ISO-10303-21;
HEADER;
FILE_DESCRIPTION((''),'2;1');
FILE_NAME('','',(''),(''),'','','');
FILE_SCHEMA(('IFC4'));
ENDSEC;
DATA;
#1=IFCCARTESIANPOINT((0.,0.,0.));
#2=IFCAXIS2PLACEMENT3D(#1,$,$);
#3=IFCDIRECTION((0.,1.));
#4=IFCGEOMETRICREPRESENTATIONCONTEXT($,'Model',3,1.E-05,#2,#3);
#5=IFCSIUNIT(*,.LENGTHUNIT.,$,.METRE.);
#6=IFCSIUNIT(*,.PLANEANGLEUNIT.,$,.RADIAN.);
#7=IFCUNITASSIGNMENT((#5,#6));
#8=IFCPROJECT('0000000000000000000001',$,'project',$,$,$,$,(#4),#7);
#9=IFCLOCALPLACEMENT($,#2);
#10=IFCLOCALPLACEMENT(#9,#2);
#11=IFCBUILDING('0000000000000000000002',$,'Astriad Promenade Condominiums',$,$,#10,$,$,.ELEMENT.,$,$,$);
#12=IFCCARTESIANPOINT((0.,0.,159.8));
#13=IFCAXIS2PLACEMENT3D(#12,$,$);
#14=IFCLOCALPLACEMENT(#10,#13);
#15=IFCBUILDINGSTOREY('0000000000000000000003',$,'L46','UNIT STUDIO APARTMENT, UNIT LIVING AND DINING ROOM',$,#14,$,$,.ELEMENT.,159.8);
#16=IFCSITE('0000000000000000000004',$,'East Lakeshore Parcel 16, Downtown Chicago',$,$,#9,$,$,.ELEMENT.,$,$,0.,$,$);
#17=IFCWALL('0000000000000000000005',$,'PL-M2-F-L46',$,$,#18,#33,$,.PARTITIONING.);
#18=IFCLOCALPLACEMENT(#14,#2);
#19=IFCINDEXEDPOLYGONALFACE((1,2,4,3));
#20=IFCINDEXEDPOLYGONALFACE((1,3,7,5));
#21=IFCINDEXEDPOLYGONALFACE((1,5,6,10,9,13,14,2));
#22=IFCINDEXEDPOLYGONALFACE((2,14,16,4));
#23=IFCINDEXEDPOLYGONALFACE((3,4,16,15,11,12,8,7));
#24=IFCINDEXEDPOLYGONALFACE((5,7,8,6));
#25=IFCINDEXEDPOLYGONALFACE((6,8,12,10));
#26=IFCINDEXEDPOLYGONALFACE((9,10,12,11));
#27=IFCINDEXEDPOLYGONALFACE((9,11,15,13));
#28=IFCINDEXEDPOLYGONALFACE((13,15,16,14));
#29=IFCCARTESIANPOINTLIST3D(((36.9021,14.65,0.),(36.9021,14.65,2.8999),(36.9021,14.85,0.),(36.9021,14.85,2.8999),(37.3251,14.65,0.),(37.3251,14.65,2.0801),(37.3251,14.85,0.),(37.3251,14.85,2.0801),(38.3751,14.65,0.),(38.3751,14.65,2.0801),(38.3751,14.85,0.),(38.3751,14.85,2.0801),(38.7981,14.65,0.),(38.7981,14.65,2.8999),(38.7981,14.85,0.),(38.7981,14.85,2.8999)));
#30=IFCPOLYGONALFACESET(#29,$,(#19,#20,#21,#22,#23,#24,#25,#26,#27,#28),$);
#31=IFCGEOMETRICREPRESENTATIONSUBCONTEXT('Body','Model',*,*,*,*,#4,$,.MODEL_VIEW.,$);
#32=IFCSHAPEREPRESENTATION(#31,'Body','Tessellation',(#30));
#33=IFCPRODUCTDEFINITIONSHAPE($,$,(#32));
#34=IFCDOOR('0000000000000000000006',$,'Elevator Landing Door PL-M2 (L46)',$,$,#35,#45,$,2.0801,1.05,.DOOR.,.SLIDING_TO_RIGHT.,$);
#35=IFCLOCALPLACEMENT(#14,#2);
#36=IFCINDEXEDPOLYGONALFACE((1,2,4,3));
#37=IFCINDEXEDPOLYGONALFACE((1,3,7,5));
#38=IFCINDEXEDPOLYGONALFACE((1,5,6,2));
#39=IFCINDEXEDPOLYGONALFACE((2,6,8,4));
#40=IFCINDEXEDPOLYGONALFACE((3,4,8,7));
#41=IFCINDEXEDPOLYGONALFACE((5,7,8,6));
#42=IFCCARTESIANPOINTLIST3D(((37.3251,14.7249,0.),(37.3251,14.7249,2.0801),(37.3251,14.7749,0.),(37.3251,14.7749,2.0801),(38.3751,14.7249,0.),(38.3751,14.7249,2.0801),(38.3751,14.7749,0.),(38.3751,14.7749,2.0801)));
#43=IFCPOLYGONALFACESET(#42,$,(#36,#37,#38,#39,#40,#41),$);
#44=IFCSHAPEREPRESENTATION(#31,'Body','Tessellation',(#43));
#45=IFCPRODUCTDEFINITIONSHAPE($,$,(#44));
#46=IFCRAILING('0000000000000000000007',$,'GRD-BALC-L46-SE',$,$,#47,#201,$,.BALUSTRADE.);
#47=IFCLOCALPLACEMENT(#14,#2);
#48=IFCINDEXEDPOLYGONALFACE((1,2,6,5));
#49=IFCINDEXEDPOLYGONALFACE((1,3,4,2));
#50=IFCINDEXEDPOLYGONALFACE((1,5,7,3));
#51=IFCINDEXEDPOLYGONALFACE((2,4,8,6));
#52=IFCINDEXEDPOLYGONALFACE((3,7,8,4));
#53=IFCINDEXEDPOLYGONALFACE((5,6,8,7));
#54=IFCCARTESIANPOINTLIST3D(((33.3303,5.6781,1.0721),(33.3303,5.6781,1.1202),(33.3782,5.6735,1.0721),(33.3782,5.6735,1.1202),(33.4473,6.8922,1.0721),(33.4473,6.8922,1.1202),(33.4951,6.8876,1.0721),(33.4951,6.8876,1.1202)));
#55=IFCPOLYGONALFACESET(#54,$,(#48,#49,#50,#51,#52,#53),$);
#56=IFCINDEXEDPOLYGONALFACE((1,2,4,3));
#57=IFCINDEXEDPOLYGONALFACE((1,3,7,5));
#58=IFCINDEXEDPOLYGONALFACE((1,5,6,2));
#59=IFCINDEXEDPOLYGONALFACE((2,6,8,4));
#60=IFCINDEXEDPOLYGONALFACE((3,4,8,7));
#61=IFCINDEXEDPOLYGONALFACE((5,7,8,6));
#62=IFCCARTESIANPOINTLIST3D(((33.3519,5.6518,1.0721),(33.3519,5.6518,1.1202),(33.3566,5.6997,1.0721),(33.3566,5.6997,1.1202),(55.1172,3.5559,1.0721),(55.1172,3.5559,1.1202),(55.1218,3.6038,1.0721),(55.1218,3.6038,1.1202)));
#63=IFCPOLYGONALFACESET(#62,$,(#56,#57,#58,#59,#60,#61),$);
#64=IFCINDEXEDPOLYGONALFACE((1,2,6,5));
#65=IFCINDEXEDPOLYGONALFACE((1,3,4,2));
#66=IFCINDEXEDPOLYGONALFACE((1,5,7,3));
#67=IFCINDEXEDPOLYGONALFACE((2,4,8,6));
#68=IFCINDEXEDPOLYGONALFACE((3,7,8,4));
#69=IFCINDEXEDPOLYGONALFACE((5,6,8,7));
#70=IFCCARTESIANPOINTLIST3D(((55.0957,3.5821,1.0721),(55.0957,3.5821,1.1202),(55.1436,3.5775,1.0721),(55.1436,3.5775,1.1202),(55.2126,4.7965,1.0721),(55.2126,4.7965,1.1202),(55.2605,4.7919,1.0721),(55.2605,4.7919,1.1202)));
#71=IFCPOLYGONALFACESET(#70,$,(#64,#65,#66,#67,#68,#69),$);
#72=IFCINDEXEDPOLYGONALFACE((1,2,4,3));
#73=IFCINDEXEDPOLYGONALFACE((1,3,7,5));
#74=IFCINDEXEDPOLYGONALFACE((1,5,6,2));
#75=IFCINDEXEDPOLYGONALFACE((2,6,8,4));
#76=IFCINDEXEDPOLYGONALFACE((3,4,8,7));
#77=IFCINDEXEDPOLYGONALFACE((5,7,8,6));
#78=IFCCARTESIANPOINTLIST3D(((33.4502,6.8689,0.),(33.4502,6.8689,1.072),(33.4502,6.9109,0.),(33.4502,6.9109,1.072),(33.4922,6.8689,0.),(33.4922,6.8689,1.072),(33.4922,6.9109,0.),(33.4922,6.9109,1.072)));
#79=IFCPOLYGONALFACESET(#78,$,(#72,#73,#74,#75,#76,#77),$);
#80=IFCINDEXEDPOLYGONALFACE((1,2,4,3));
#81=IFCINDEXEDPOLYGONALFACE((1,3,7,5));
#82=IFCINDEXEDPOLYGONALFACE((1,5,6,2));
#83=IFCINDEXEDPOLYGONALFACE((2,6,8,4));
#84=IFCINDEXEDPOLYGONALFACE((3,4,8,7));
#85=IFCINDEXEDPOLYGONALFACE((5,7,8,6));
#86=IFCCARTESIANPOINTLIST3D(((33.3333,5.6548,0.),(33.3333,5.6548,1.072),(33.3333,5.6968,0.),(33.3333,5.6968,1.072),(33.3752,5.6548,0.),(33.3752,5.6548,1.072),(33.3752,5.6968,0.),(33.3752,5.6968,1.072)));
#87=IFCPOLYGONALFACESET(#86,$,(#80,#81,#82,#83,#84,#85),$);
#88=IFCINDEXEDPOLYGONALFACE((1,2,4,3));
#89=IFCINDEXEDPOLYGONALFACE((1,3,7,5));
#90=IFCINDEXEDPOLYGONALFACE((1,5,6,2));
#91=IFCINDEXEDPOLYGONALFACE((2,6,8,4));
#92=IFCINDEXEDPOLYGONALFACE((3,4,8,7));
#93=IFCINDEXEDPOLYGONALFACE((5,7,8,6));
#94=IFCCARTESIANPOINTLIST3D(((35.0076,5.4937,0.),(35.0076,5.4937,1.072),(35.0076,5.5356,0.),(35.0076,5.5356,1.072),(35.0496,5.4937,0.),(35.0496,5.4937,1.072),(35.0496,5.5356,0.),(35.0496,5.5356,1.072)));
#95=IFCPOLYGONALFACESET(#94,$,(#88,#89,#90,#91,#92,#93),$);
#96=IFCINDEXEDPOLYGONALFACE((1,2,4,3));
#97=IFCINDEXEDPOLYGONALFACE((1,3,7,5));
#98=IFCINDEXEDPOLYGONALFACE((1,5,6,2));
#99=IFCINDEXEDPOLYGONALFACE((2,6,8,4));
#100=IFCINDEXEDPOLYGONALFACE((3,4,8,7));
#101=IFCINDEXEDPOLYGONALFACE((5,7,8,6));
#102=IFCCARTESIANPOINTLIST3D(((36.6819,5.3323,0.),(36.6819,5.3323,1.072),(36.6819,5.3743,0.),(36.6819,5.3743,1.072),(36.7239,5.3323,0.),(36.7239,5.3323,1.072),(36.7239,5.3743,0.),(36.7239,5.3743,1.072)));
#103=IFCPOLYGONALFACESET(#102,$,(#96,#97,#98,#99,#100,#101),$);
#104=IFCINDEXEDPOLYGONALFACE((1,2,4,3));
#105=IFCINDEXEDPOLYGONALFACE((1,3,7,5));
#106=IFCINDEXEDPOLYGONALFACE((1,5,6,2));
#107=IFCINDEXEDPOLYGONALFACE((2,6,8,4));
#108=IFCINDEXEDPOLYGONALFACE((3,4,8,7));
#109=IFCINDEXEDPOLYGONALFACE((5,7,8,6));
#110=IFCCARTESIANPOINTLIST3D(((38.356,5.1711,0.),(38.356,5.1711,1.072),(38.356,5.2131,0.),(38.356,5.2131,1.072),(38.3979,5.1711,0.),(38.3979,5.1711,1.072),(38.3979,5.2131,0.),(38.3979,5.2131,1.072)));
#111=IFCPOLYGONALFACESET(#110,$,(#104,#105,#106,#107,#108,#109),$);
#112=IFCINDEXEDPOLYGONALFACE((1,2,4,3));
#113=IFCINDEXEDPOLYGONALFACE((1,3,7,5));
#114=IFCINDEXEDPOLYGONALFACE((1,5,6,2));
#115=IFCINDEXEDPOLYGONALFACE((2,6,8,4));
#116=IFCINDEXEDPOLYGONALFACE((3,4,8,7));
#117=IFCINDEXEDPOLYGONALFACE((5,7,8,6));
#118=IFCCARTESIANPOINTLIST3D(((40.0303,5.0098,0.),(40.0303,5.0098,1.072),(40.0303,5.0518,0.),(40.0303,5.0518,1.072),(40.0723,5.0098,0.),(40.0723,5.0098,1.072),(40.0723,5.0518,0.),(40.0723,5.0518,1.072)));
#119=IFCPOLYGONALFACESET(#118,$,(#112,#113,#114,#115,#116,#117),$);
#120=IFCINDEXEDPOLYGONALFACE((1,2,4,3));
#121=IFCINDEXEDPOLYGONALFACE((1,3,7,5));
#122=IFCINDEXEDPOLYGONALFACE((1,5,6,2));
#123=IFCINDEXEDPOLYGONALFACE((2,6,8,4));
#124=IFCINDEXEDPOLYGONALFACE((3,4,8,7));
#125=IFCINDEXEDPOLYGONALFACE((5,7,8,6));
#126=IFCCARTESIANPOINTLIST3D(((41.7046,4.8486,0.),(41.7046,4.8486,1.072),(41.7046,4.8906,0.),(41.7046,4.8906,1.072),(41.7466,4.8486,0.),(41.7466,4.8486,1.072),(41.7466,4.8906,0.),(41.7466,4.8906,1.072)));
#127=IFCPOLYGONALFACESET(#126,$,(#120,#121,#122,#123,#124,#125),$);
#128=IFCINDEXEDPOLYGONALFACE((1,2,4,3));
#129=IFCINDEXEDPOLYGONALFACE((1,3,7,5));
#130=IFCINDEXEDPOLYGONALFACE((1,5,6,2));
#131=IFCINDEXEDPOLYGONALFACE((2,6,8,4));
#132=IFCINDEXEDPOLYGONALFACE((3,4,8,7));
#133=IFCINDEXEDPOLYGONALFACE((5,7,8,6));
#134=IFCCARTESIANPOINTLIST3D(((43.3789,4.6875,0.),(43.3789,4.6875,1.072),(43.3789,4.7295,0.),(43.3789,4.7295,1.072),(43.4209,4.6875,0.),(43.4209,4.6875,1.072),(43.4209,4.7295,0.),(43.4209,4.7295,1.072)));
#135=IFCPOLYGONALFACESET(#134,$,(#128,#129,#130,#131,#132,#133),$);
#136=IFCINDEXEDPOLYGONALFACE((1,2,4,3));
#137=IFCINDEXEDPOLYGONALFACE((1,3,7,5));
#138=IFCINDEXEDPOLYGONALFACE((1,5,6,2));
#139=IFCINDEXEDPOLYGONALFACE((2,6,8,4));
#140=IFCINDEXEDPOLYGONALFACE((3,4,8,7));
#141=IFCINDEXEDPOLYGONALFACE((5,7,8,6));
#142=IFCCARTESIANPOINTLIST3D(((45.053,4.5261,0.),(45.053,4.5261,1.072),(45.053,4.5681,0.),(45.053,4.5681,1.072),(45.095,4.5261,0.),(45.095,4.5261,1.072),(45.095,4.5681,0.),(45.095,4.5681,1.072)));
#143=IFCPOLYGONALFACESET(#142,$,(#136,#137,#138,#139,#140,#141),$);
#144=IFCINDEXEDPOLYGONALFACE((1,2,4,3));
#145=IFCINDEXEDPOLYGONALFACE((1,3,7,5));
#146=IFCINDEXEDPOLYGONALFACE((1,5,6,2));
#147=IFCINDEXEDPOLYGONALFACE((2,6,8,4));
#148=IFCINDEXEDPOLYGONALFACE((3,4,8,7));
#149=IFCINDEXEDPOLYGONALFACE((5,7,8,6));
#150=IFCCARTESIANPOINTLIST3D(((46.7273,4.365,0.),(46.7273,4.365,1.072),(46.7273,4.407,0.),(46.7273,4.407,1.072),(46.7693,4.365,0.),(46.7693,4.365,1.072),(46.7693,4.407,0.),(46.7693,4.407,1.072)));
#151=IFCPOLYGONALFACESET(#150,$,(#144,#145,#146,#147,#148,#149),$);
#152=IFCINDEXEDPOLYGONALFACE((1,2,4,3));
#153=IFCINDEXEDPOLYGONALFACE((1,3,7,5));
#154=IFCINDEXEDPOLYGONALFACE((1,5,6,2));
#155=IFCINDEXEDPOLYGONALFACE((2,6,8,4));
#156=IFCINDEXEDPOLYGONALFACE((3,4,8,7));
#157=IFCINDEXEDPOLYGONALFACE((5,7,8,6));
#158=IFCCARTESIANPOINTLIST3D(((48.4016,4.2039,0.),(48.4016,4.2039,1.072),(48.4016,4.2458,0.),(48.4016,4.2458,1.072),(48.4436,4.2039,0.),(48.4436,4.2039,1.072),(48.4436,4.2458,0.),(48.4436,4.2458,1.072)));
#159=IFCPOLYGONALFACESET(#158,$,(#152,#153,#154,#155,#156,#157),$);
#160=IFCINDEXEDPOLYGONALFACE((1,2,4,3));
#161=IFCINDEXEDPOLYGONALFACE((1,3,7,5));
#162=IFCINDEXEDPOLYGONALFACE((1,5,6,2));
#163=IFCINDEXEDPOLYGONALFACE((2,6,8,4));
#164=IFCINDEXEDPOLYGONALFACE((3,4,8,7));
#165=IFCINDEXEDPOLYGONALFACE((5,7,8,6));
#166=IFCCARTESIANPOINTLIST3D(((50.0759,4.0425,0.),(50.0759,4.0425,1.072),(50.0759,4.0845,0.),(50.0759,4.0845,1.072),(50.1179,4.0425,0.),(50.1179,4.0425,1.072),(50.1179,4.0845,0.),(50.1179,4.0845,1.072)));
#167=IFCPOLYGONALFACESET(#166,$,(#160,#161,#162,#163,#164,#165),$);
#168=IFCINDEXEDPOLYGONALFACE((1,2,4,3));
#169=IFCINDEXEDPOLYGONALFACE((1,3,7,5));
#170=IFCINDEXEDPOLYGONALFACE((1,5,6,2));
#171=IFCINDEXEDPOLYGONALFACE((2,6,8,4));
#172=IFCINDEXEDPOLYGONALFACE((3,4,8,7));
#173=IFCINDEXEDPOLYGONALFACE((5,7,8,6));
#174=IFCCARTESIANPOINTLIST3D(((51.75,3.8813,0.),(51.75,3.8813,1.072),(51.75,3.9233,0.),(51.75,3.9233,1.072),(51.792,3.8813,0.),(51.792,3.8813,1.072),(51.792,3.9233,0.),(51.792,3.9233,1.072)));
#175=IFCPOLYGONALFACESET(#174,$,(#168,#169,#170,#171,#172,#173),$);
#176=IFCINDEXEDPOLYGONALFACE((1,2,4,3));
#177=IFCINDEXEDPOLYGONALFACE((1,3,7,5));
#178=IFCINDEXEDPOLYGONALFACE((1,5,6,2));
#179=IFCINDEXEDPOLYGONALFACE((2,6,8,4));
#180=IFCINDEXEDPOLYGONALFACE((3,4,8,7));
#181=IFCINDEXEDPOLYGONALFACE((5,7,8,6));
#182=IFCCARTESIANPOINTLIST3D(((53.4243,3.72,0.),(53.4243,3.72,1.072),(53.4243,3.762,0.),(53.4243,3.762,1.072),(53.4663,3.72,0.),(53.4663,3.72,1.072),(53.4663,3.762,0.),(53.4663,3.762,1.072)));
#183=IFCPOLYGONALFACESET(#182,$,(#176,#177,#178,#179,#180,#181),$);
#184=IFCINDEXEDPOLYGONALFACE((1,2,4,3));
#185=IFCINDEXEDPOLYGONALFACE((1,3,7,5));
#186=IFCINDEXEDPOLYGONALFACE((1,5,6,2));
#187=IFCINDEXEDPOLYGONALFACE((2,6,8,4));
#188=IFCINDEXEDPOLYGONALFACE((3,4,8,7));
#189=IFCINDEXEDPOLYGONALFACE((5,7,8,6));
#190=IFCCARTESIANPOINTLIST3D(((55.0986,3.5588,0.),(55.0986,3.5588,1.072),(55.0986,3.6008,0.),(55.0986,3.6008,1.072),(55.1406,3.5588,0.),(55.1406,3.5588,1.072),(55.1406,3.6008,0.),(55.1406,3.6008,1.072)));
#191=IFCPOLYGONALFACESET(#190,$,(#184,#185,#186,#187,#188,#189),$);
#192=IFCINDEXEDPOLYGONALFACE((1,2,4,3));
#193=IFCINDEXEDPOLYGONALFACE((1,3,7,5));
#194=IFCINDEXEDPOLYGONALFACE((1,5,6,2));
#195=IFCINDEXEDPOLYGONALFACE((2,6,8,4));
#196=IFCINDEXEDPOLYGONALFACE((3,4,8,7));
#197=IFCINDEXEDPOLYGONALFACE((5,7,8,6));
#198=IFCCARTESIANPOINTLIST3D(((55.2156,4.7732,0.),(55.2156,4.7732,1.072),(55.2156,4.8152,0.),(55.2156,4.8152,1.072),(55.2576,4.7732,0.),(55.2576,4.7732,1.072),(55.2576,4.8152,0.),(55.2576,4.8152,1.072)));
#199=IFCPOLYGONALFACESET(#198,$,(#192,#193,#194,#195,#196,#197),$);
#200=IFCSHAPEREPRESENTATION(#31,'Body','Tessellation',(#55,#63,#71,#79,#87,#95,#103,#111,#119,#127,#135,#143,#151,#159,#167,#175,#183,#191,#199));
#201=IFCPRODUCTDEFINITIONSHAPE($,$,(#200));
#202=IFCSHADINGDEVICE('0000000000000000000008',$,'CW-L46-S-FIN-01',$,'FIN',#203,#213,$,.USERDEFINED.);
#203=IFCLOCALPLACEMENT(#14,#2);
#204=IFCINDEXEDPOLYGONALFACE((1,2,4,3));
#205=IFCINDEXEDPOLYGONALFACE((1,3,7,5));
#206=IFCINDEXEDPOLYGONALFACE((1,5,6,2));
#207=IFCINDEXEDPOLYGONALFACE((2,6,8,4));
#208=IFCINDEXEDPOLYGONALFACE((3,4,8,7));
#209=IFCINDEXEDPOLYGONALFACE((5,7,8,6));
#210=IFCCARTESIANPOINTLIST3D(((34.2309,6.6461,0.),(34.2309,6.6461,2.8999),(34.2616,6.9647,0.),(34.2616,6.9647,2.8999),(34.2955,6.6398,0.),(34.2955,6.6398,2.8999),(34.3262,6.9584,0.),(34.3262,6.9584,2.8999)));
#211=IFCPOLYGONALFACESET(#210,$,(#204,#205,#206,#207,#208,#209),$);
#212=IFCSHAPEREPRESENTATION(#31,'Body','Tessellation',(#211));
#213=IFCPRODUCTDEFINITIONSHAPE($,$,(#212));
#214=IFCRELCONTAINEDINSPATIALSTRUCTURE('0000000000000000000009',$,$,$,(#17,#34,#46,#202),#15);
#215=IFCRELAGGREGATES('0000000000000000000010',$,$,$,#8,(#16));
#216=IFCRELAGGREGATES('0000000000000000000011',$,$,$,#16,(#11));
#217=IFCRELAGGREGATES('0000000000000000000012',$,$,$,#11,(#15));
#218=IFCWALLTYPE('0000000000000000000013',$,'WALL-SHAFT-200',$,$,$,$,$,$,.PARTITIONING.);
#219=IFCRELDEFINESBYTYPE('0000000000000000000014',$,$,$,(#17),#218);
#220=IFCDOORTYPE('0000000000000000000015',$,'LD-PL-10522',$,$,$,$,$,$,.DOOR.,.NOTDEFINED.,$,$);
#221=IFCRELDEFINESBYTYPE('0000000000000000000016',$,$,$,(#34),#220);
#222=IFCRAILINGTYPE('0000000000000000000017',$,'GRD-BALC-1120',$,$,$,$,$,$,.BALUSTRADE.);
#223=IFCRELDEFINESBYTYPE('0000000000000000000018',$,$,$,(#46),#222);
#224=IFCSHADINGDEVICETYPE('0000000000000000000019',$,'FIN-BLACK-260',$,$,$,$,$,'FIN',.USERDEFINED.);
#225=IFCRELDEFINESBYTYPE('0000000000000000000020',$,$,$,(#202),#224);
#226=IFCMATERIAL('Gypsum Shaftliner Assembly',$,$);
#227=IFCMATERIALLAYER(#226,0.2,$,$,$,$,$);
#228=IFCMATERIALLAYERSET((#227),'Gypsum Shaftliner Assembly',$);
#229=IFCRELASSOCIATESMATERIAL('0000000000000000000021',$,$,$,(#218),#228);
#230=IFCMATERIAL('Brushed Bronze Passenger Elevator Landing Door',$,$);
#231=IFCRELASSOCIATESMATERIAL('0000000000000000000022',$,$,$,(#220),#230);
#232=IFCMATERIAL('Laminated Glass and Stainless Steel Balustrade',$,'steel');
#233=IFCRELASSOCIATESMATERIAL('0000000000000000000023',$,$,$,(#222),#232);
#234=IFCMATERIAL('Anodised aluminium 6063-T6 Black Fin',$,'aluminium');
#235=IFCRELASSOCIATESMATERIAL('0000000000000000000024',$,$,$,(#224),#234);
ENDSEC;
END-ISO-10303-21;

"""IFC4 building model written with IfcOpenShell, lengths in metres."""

from ifc_helpers import new_model, si_unit, direction, frame, frame_2d, origin, origin_2d, place, context, subcontext, project, spatial, rectangle, extrude, source, transform, mapped, material, layer, layer_set, type_object, type_shapes, element, fill, save


model = new_model("IFC4")

# Units and contexts
model_context = context("Model", 3, precision=1e-05, world=origin(), true_north=direction((0.0, 1.0)))
body_context = subcontext(model_context, "Body", "Model", "MODEL_VIEW")
ifc_project = project(units=[si_unit("LENGTHUNIT", "METRE"), si_unit("PLANEANGLEUNIT", "RADIAN")], contexts=[model_context])

# Site, building, storey
site_placement = place(None, origin())
site = spatial("IfcSite", under=ifc_project, at=site_placement, Name="East Lakeshore Parcel 16, Downtown Chicago", CompositionType="ELEMENT", RefElevation=0.0)
building_placement = place(site_placement, origin())
building = spatial("IfcBuilding", under=site, at=building_placement, Name="Astriad Promenade Condominiums", CompositionType="ELEMENT")
storey_placement = place(building_placement, frame((0.0, 0.0, 159.8)))
storey = spatial("IfcBuildingStorey", under=building, at=storey_placement, Name="L46", Description="UNIT STUDIO APARTMENT, UNIT LIVING AND DINING ROOM", CompositionType="ELEMENT", Elevation=159.8)

# Shared definitions
ifc_material_1 = material(Name="Gypsum Shaftliner Assembly")
ifc_layer_1 = layer(ifc_material_1, 0.2)
ifc_layer_set_1 = layer_set([ifc_layer_1], Name="Gypsum Shaftliner Assembly")
wall_type_1 = type_object("IfcWallType", Name="WALL-SHAFT-200", PredefinedType="PARTITIONING", material=ifc_layer_set_1)

# Shared definitions
ifc_material_2 = material(Name="Brushed Bronze Passenger Elevator Landing Door")
door_type_1 = type_object("IfcDoorType", Name="LD-PL-10522", OperationType="NOTDEFINED", PredefinedType="DOOR", material=ifc_material_2)
shared_shape_1 = source(origin(), body_context, "Body", "SweptSolid", [
    extrude(rectangle(XDim=1.05, YDim=2.0801, at=frame_2d((0.5249, 1.04))), frame((0.0, 0.0249, 0.0), z_axis=(0.0, -1.0, 0.0), x_axis=(1.0, 0.0, 0.0)), (0.0, 0.0, 1.0), 0.05),
])
type_shapes(door_type_1, [shared_shape_1])

# Wall, opening, door
wall_1_placement = place(storey_placement, frame((36.9021, 14.75, 0.0), z_axis=(0.0, 0.0, 1.0), x_axis=(1.0, 0.0, 0.0)))
wall_1 = element("IfcWall", 1, at=wall_1_placement, inside=storey, type_object=wall_type_1, Name="PL-M2-F-L46", PredefinedType="PARTITIONING", context=body_context, shape_type="SweptSolid", body=[
    extrude(rectangle(XDim=1.896, YDim=0.2, at=frame_2d((0.948, 0.0))), origin(), (0.0, 0.0, 1.0), 2.8999),
])
opening_1_placement = place(wall_1_placement, frame((0.4231, 0.0, 0.0)))
opening_1 = element("IfcOpeningElement", 2, at=opening_1_placement, cuts=wall_1, PredefinedType="OPENING", context=body_context, shape_type="SweptSolid", body=[
    extrude(rectangle(XDim=1.05, YDim=2.0801, at=frame_2d((0.5249, 1.04))), frame((0.0, 0.1099, 0.0), z_axis=(0.0, -1.0, 0.0), x_axis=(1.0, 0.0, 0.0)), (0.0, 0.0, 1.0), 0.22),
])
door_1_placement = place(opening_1_placement, origin())
door_1 = element("IfcDoor", 3, at=door_1_placement, inside=storey, type_object=door_type_1, Name="Elevator Landing Door PL-M2 (L46)", OperationType="SLIDING_TO_RIGHT", OverallHeight=2.0801, OverallWidth=1.05, PredefinedType="DOOR", context=body_context, shape_type="MappedRepresentation", body=[
    mapped(shared_shape_1, transform((0.0, 0.0, 0.0), scale=1.0)),
])
fill(opening_1, door_1)

# Railing
ifc_material_3 = material(Name="Laminated Glass and Stainless Steel Balustrade", Category="steel")
railing_type = type_object("IfcRailingType", Name="GRD-BALC-1120", PredefinedType="BALUSTRADE", material=ifc_material_3)
shared_shape_2 = source(origin(), body_context, "Body", "SweptSolid", [
    extrude(rectangle(XDim=0.0481, YDim=0.0481, at=origin_2d()), frame((0.0, 0.0, 1.0962), z_axis=(-0.095876, -0.995393, 0.0), x_axis=(0.995393, -0.095876, 0.0)), (0.0, 0.0, 1.0), 1.2197),
    extrude(rectangle(XDim=0.0481, YDim=0.0481, at=origin_2d()), frame((-0.1169, -1.2141, 1.0962), z_axis=(0.995395, -0.095854, 0.0), x_axis=(0.095854, 0.995395, 0.0)), (0.0, 0.0, 1.0), 21.866),
    extrude(rectangle(XDim=0.0481, YDim=0.0481, at=origin_2d()), frame((21.6484, -3.3101, 1.0962), z_axis=(0.095857, 0.995395, 0.0), x_axis=(-0.995395, 0.095857, 0.0)), (0.0, 0.0, 1.0), 1.22),
    extrude(rectangle(XDim=0.042, YDim=0.042, at=origin_2d()), origin(), (0.0, 0.0, 1.0), 1.072),
    extrude(rectangle(XDim=0.042, YDim=0.042, at=origin_2d()), frame((-0.1169, -1.2141, 0.0)), (0.0, 0.0, 1.0), 1.072),
    extrude(rectangle(XDim=0.042, YDim=0.042, at=origin_2d()), frame((1.5574, -1.3752, 0.0)), (0.0, 0.0, 1.0), 1.072),
    extrude(rectangle(XDim=0.042, YDim=0.042, at=origin_2d()), frame((3.2317, -1.5366, 0.0)), (0.0, 0.0, 1.0), 1.072),
    extrude(rectangle(XDim=0.042, YDim=0.042, at=origin_2d()), frame((4.9058, -1.6978, 0.0)), (0.0, 0.0, 1.0), 1.072),
    extrude(rectangle(XDim=0.042, YDim=0.042, at=origin_2d()), frame((6.5801, -1.8591, 0.0)), (0.0, 0.0, 1.0), 1.072),
    extrude(rectangle(XDim=0.042, YDim=0.042, at=origin_2d()), frame((8.2544, -2.0203, 0.0)), (0.0, 0.0, 1.0), 1.072),
    extrude(rectangle(XDim=0.042, YDim=0.042, at=origin_2d()), frame((9.9287, -2.1814, 0.0)), (0.0, 0.0, 1.0), 1.072),
    extrude(rectangle(XDim=0.042, YDim=0.042, at=origin_2d()), frame((11.6028, -2.3428, 0.0)), (0.0, 0.0, 1.0), 1.072),
    extrude(rectangle(XDim=0.042, YDim=0.042, at=origin_2d()), frame((13.2771, -2.5039, 0.0)), (0.0, 0.0, 1.0), 1.072),
    extrude(rectangle(XDim=0.042, YDim=0.042, at=origin_2d()), frame((14.9514, -2.665, 0.0)), (0.0, 0.0, 1.0), 1.072),
    extrude(rectangle(XDim=0.042, YDim=0.042, at=origin_2d()), frame((16.6257, -2.8264, 0.0)), (0.0, 0.0, 1.0), 1.072),
    extrude(rectangle(XDim=0.042, YDim=0.042, at=origin_2d()), frame((18.2998, -2.9875, 0.0)), (0.0, 0.0, 1.0), 1.072),
    extrude(rectangle(XDim=0.042, YDim=0.042, at=origin_2d()), frame((19.9741, -3.1489, 0.0)), (0.0, 0.0, 1.0), 1.072),
    extrude(rectangle(XDim=0.042, YDim=0.042, at=origin_2d()), frame((21.6484, -3.3101, 0.0)), (0.0, 0.0, 1.0), 1.072),
    extrude(rectangle(XDim=0.042, YDim=0.042, at=origin_2d()), frame((21.7654, -2.0957, 0.0)), (0.0, 0.0, 1.0), 1.072),
])
type_shapes(railing_type, [shared_shape_2])
railing_placement = place(storey_placement, frame((33.4712, 6.8899, 0.0)))
element("IfcRailing", 4, at=railing_placement, inside=storey, type_object=railing_type, Name="GRD-BALC-L46-SE", PredefinedType="BALUSTRADE", context=body_context, shape_type="MappedRepresentation", body=[
    mapped(shared_shape_2, transform((0.0, 0.0, 0.0), scale=1.0)),
])

# Shading device
ifc_material_4 = material(Name="Anodised aluminium 6063-T6 Black Fin", Category="aluminium")
shading_device_type = type_object("IfcShadingDeviceType", Name="FIN-BLACK-260", ElementType="FIN", PredefinedType="USERDEFINED", material=ifc_material_4)
shared_shape_3 = source(origin(), body_context, "Body", "SweptSolid", [
    extrude(rectangle(XDim=0.0649, YDim=0.3201, at=origin_2d()), origin(), (0.0, 0.0, 1.0), 2.8999),
])
type_shapes(shading_device_type, [shared_shape_3])
shading_device_placement = place(storey_placement, frame((34.2786, 6.8022, 0.0), z_axis=(0.0, 0.0, 1.0), x_axis=(-0.995396, 0.095846, 0.0)))
element("IfcShadingDevice", 5, at=shading_device_placement, inside=storey, type_object=shading_device_type, Name="CW-L46-S-FIN-01", ObjectType="FIN", PredefinedType="USERDEFINED", context=body_context, shape_type="MappedRepresentation", body=[
    mapped(shared_shape_3, transform((0.0, 0.0, 0.0), scale=1.0)),
])

save(model, "model.ifc")
